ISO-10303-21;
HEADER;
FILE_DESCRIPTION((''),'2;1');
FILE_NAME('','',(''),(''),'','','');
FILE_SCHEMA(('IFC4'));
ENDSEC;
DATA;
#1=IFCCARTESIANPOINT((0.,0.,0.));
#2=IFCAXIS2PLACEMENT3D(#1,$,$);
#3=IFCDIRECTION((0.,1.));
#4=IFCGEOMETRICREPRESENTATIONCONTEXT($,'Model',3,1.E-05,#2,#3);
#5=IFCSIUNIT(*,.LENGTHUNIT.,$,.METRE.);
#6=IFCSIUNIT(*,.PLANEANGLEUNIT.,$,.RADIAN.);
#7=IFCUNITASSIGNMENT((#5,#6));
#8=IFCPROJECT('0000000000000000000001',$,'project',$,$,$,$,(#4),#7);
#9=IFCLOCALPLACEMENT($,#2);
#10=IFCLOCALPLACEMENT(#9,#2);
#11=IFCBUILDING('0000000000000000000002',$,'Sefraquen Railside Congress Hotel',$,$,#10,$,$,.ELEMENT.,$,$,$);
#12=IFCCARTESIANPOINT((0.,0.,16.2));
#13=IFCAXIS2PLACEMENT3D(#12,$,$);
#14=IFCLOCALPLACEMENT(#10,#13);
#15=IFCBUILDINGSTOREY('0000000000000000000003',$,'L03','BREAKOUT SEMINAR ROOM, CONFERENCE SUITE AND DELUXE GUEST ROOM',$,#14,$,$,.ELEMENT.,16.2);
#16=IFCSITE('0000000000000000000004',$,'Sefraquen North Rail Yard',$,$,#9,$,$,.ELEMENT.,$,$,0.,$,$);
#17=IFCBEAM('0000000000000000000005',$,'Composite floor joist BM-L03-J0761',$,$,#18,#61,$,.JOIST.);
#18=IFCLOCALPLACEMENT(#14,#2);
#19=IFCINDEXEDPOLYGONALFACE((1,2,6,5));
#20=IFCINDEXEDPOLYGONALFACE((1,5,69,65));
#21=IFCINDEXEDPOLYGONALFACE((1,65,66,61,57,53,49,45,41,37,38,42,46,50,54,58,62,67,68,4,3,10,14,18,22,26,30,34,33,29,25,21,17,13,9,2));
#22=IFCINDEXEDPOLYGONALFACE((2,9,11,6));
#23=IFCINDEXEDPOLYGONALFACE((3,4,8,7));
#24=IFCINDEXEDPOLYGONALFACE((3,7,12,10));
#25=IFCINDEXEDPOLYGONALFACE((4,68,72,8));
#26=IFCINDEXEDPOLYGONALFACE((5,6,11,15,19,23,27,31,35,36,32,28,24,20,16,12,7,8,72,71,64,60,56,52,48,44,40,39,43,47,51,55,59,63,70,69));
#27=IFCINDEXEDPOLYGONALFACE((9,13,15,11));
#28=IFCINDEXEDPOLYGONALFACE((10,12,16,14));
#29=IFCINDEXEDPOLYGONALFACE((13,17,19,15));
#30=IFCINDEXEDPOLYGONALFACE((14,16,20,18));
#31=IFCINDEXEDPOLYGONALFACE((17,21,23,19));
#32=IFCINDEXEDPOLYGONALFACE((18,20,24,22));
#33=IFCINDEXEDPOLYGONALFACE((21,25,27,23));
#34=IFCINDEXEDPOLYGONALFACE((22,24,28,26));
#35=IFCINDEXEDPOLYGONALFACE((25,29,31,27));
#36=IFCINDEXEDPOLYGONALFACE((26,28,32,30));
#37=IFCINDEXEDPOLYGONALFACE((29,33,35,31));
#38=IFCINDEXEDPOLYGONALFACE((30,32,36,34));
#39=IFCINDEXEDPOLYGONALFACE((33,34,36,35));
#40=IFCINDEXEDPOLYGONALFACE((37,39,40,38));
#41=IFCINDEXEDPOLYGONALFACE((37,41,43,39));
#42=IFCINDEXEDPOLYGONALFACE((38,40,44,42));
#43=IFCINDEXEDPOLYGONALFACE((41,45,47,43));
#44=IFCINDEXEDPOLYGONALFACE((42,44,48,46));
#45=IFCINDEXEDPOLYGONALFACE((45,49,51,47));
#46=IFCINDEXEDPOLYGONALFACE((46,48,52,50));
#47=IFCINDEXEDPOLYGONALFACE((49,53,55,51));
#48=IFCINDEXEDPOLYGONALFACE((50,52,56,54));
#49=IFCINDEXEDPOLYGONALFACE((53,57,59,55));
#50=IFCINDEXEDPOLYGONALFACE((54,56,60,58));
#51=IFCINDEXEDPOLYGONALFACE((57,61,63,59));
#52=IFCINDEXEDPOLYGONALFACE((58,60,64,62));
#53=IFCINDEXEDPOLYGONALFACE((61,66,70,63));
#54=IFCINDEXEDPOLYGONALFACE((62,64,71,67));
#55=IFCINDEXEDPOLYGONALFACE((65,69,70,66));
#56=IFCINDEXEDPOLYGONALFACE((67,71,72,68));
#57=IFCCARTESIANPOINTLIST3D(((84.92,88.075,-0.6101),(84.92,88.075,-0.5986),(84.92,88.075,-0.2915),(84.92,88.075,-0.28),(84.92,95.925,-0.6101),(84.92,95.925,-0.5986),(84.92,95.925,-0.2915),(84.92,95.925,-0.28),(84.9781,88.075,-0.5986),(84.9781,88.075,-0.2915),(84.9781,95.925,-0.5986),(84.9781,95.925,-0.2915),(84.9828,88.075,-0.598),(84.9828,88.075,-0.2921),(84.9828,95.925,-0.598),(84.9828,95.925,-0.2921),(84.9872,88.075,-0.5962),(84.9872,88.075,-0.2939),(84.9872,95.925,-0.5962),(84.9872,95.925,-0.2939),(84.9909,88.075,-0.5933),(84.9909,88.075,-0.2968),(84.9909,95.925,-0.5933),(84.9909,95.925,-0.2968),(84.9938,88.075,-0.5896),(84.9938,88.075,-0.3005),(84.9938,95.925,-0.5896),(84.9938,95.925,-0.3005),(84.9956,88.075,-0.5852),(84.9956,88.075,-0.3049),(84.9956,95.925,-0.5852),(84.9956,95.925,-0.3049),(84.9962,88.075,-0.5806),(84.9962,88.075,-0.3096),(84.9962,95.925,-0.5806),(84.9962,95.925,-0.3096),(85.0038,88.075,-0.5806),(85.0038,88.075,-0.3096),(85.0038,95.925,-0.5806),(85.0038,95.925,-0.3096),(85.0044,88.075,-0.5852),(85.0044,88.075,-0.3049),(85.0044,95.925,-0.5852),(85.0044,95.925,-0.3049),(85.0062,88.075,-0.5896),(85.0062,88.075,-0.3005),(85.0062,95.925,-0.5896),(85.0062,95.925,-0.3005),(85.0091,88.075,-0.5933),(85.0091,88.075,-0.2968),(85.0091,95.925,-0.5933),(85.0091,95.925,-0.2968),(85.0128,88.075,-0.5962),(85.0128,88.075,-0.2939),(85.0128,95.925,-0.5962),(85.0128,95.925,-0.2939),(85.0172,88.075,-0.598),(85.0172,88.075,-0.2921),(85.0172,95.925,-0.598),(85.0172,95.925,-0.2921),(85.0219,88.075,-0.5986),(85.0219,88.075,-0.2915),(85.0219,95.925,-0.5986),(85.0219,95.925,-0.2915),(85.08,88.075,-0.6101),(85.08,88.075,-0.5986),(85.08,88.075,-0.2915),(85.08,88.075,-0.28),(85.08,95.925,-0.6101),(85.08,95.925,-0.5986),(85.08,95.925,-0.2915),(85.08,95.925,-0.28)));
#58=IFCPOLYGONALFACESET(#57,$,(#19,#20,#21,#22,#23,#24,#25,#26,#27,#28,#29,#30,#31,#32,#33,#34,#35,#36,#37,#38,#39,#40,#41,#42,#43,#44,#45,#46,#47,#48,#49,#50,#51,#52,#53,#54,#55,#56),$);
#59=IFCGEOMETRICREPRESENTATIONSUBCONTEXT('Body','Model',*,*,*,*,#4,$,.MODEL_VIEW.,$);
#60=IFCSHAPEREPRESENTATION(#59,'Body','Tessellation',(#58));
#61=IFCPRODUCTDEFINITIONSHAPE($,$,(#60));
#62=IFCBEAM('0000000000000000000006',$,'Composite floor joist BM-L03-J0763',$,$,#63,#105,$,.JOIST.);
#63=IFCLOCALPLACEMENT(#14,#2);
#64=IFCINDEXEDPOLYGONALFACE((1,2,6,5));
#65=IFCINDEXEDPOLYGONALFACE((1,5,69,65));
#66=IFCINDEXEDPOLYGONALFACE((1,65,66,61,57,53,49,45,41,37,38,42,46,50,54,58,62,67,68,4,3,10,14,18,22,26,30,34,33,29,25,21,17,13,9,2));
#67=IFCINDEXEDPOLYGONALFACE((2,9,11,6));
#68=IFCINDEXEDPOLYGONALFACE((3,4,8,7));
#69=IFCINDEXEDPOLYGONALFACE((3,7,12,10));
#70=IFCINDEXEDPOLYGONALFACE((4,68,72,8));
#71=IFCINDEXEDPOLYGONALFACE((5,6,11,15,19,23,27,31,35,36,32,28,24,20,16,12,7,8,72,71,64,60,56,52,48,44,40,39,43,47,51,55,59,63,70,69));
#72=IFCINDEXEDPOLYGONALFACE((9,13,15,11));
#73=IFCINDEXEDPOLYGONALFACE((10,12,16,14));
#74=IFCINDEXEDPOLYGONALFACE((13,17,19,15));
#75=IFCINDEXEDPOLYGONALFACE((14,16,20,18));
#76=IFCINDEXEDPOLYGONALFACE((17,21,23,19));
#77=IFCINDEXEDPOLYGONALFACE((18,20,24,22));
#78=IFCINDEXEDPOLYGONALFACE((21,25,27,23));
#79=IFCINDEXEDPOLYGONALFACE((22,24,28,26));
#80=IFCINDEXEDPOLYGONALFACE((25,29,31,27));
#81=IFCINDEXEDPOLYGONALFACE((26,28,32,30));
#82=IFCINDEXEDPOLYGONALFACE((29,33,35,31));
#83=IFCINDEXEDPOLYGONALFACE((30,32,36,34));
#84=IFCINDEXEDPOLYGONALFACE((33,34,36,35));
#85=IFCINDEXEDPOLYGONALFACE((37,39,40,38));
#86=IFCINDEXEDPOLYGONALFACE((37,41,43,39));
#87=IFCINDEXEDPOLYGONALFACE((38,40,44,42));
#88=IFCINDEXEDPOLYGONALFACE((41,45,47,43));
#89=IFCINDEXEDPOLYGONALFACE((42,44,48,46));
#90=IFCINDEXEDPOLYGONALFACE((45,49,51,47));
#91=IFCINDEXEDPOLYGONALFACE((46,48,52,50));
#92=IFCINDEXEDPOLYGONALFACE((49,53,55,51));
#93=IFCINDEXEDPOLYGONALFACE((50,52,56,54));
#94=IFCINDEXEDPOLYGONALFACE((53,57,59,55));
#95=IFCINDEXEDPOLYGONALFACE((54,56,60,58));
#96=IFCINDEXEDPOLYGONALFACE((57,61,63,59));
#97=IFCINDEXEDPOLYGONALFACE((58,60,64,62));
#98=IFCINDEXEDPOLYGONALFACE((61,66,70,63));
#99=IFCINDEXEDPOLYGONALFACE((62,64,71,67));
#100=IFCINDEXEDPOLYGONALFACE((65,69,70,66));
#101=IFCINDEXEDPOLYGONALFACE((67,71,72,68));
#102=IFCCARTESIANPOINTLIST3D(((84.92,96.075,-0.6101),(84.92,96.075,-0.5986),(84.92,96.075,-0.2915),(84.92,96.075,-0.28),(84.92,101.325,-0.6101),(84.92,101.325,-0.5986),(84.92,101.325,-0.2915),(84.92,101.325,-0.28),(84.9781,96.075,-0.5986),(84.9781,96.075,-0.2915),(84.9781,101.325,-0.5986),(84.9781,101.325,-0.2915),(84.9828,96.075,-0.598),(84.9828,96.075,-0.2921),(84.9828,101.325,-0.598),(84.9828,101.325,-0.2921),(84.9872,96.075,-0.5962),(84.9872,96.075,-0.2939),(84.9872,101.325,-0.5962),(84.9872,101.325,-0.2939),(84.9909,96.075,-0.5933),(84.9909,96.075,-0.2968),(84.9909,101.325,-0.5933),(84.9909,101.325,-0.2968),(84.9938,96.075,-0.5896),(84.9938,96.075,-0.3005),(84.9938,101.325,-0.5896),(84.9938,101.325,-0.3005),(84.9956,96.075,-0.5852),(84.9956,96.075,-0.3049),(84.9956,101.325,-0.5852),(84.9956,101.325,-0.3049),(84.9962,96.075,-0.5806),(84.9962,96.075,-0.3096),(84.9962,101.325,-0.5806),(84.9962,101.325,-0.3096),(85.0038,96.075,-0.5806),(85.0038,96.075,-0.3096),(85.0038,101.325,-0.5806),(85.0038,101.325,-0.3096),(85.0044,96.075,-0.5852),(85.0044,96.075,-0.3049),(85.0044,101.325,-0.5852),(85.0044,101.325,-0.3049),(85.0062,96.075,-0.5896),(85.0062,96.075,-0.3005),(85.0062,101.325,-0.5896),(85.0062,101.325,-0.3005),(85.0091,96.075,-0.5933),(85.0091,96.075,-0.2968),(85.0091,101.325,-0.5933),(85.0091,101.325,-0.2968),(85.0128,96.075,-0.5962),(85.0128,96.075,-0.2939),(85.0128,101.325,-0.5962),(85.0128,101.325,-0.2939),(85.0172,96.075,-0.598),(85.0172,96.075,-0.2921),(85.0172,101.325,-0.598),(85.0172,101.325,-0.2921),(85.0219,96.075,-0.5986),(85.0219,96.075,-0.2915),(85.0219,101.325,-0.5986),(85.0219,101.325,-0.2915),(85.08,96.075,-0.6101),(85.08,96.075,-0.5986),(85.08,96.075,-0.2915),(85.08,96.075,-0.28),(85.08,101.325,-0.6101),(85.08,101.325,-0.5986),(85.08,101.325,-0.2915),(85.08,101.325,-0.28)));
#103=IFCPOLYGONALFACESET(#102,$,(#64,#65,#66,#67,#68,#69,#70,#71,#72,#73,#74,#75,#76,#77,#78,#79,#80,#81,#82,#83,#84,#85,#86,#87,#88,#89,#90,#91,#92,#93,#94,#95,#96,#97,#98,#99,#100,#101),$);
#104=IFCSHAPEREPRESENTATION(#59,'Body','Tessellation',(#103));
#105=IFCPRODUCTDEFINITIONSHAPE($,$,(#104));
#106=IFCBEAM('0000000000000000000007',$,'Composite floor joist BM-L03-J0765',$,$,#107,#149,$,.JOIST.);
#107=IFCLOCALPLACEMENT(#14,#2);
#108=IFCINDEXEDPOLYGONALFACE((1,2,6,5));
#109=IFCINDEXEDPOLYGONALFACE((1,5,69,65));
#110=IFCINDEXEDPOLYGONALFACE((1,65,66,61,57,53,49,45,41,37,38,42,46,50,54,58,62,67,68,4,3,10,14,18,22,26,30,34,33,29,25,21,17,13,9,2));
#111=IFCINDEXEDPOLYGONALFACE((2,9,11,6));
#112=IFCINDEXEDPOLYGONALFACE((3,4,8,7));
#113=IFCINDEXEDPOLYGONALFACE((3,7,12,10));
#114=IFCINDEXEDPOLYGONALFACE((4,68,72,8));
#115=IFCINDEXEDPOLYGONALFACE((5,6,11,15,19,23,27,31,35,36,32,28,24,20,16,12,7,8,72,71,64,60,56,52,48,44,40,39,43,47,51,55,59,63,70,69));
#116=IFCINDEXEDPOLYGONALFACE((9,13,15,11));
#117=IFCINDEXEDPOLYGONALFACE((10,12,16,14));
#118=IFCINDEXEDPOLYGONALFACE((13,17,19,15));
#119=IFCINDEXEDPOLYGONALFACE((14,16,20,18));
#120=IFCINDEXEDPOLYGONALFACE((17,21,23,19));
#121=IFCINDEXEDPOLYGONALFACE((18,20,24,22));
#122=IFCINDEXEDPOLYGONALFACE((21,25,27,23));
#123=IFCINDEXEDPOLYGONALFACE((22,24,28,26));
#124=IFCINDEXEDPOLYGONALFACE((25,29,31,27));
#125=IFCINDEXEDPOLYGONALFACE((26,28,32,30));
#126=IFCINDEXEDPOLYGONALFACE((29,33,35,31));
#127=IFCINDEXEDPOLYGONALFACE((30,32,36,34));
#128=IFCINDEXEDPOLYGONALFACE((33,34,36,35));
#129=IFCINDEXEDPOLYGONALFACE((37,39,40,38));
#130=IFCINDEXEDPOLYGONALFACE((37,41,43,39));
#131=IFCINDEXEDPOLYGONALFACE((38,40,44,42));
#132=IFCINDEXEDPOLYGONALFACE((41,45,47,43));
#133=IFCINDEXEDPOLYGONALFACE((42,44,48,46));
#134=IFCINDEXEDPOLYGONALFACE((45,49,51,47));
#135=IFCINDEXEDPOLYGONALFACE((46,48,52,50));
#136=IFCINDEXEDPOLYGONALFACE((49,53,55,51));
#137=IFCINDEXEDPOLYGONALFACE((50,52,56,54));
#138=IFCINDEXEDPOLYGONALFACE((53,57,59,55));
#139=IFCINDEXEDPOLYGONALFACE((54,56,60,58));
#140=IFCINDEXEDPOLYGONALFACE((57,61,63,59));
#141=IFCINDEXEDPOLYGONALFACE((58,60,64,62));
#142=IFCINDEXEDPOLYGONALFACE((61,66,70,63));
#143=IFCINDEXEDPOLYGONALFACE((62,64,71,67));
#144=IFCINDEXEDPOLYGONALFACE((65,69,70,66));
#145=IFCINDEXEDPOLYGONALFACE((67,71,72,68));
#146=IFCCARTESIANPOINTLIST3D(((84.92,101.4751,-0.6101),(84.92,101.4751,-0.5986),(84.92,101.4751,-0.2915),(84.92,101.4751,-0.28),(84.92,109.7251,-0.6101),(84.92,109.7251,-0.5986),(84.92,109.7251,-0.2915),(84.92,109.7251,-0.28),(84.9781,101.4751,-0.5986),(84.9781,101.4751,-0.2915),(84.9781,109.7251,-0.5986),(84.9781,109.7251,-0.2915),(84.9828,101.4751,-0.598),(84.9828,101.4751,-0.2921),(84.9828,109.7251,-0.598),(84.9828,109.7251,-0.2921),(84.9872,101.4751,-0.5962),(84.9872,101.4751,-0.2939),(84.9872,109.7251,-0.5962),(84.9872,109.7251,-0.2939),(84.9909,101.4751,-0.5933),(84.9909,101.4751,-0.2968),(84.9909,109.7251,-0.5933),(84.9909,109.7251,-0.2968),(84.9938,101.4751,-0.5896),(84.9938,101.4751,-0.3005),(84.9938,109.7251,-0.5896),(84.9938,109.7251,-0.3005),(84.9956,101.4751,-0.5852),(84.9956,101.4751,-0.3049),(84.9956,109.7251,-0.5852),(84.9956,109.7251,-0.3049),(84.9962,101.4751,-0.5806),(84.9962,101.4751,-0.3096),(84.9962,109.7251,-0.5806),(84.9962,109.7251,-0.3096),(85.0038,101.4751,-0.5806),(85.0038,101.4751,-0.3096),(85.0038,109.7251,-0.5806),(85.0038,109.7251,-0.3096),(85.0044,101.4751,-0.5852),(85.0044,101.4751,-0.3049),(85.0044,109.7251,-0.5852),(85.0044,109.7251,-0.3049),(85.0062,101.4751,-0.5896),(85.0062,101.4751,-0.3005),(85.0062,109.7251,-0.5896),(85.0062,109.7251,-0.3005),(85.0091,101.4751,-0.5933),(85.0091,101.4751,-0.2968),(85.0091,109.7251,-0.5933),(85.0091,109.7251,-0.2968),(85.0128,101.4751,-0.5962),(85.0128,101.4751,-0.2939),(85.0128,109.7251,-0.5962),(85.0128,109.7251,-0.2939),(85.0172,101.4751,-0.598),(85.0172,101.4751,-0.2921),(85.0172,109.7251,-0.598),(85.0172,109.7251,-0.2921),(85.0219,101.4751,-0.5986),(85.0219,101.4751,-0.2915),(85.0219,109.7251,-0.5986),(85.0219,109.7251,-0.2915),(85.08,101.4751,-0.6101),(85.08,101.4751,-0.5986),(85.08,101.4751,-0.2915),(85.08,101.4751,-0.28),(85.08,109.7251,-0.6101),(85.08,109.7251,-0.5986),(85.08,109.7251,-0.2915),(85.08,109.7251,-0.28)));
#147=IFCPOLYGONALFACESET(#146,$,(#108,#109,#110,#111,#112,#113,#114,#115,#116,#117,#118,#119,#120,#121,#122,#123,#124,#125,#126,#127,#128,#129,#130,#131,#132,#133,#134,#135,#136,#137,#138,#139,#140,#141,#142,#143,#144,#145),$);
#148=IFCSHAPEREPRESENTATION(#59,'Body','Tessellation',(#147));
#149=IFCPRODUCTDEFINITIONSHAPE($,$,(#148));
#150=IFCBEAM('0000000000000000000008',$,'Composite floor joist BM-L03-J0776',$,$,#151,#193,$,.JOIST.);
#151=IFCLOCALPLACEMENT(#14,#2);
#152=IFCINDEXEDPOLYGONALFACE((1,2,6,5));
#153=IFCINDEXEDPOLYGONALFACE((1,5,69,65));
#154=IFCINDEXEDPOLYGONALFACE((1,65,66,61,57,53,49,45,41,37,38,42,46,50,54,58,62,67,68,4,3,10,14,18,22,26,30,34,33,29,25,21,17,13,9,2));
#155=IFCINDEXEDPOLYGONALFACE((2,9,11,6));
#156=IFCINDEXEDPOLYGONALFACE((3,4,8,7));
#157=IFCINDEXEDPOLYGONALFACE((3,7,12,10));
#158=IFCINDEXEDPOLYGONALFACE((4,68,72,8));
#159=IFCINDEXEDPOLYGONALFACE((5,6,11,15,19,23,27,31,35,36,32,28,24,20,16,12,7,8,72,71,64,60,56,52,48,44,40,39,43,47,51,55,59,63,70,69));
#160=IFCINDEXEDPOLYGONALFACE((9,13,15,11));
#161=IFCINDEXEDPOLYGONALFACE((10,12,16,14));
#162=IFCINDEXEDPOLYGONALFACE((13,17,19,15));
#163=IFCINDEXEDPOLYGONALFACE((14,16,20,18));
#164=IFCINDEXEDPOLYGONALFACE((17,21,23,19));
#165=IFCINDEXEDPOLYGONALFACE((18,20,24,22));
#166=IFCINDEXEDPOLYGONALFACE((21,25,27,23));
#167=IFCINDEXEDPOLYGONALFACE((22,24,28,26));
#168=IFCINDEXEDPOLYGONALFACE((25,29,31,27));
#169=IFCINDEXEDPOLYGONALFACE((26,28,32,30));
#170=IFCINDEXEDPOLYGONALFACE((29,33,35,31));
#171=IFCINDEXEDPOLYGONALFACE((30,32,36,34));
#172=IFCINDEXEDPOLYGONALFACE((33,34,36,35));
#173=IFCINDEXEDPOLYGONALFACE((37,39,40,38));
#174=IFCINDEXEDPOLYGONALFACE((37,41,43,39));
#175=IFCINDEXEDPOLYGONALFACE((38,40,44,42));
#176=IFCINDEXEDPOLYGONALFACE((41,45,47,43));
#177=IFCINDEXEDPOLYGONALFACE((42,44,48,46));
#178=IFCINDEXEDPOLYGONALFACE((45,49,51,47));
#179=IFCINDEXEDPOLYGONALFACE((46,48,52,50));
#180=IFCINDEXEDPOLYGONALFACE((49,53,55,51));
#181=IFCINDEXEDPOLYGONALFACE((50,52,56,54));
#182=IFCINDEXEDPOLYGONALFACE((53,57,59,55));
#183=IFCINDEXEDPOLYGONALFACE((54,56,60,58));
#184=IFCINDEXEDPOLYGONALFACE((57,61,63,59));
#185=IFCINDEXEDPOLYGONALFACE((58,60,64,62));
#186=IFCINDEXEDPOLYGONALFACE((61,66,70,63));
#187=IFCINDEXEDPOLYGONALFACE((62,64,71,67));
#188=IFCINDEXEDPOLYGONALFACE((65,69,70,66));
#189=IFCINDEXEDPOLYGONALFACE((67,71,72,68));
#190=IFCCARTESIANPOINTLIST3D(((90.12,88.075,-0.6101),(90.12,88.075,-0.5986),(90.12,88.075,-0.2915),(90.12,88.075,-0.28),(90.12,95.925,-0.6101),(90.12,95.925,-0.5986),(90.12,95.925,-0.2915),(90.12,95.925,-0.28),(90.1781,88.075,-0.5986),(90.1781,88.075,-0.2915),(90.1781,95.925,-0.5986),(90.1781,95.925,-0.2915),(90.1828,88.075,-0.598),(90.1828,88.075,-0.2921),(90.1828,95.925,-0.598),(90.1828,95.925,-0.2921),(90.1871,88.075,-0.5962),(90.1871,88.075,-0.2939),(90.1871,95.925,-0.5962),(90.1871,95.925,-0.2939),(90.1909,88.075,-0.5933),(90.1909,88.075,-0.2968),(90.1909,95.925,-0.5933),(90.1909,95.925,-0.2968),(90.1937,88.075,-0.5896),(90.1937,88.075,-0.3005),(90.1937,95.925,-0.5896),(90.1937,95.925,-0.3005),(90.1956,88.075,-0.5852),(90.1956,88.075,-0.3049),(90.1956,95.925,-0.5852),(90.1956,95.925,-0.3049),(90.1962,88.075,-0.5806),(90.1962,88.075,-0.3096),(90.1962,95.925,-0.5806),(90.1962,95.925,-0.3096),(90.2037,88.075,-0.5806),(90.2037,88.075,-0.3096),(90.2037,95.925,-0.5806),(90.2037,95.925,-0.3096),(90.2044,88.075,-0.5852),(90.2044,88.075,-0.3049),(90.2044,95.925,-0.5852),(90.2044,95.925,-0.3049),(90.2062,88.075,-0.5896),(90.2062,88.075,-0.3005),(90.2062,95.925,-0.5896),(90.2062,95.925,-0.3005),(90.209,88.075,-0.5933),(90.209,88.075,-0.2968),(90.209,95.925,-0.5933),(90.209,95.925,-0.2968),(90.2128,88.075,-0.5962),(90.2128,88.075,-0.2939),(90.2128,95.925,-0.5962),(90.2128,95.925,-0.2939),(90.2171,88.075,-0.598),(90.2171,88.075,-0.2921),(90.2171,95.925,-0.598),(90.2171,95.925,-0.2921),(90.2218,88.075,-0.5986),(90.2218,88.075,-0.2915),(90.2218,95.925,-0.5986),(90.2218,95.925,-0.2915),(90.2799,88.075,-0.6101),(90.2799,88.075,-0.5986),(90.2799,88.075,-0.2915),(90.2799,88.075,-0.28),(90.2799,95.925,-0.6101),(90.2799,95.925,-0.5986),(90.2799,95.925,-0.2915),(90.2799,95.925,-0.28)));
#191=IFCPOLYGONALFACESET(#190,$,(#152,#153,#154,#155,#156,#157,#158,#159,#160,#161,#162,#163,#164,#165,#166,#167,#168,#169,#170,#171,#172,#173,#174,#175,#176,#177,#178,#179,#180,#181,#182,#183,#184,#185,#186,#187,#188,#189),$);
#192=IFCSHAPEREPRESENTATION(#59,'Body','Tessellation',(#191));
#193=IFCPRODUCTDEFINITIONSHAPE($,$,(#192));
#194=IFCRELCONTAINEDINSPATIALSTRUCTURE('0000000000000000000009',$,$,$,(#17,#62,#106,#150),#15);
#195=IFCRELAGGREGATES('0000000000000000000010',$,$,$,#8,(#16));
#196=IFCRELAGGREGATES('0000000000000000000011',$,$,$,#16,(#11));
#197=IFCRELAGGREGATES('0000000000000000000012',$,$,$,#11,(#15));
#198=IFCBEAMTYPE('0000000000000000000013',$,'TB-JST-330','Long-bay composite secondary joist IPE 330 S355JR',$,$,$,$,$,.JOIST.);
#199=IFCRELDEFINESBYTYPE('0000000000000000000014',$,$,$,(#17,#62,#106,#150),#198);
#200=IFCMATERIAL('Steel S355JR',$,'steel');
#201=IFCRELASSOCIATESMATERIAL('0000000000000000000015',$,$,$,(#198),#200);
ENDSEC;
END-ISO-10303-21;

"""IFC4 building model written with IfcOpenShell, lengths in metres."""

from ifc_helpers import new_model, si_unit, direction, frame, origin, origin_2d, place, context, subcontext, project, spatial, i_section, extrude, material, material_profile, profile_set, type_object, element, save


model = new_model("IFC4")

# Units and contexts
model_context = context("Model", 3, precision=1e-05, world=origin(), true_north=direction((0.0, 1.0)))
body_context = subcontext(model_context, "Body", "Model", "MODEL_VIEW")
ifc_project = project(units=[si_unit("LENGTHUNIT", "METRE"), si_unit("PLANEANGLEUNIT", "RADIAN")], contexts=[model_context])

# Site, building, storey
site_placement = place(None, origin())
site = spatial("IfcSite", under=ifc_project, at=site_placement, Name="Sefraquen North Rail Yard", CompositionType="ELEMENT", RefElevation=0.0)
building_placement = place(site_placement, origin())
building = spatial("IfcBuilding", under=site, at=building_placement, Name="Sefraquen Railside Congress Hotel", CompositionType="ELEMENT")
storey_placement = place(building_placement, frame((0.0, 0.0, 16.2)))
storey = spatial("IfcBuildingStorey", under=building, at=storey_placement, Name="L03", Description="BREAKOUT SEMINAR ROOM, CONFERENCE SUITE AND DELUXE GUEST ROOM", CompositionType="ELEMENT", Elevation=16.2)

# Shared definitions
ifc_material_1 = material(Name="Steel S355JR", Category="steel")

# Beams
ifc_material_profile_1 = material_profile(ifc_material_1, i_section(OverallWidth=0.1599, OverallDepth=0.3301, WebThickness=0.0076, FlangeThickness=0.0115, FilletRadius=0.0181, at=origin_2d()), Name="IPE 330")
ifc_profile_set_1 = profile_set([ifc_material_profile_1], Name="Steel S355JR")
beam_type_1 = type_object("IfcBeamType", Name="TB-JST-330", Description="Long-bay composite secondary joist IPE 330 S355JR", PredefinedType="JOIST", material=ifc_profile_set_1)
beam_1_placement = place(storey_placement, frame((85.0, 88.075, -0.4451), z_axis=(0.0, 1.0, 0.0), x_axis=(-1.0, 0.0, 0.0)))
element("IfcBeam", 1, at=beam_1_placement, inside=storey, type_object=beam_type_1, Name="Composite floor joist BM-L03-J0761", PredefinedType="JOIST", context=body_context, shape_type="SweptSolid", body=[
    extrude(i_section(OverallWidth=0.1599, OverallDepth=0.3301, WebThickness=0.0076, FlangeThickness=0.0115, FilletRadius=0.0181, at=origin_2d()), origin(), (0.0, 0.0, 1.0), 7.8501),
])
beam_2_placement = place(storey_placement, frame((85.0, 96.075, -0.4451), z_axis=(0.0, 1.0, 0.0), x_axis=(-1.0, 0.0, 0.0)))
element("IfcBeam", 2, at=beam_2_placement, inside=storey, type_object=beam_type_1, Name="Composite floor joist BM-L03-J0763", PredefinedType="JOIST", context=body_context, shape_type="SweptSolid", body=[
    extrude(i_section(OverallWidth=0.1599, OverallDepth=0.3301, WebThickness=0.0076, FlangeThickness=0.0115, FilletRadius=0.0181, at=origin_2d()), origin(), (0.0, 0.0, 1.0), 5.25),
])
beam_3_placement = place(storey_placement, frame((85.0, 101.4751, -0.4451), z_axis=(0.0, 1.0, 0.0), x_axis=(-1.0, 0.0, 0.0)))
element("IfcBeam", 3, at=beam_3_placement, inside=storey, type_object=beam_type_1, Name="Composite floor joist BM-L03-J0765", PredefinedType="JOIST", context=body_context, shape_type="SweptSolid", body=[
    extrude(i_section(OverallWidth=0.1599, OverallDepth=0.3301, WebThickness=0.0076, FlangeThickness=0.0115, FilletRadius=0.0181, at=origin_2d()), origin(), (0.0, 0.0, 1.0), 8.25),
])
for number, where, z_axis, x_axis, name in (
    (4, (90.2, 88.075, -0.4451), (0.0, 1.0, 0.0), (-1.0, 0.0, 0.0), "Composite floor joist BM-L03-J0776"),
):
    element("IfcBeam", number, at=place(storey_placement, frame(where, z_axis=z_axis, x_axis=x_axis)), inside=storey, type_object=beam_type_1, Name=name, PredefinedType="JOIST", context=body_context, shape_type="SweptSolid", body=[
        extrude(i_section(OverallWidth=0.1599, OverallDepth=0.3301, WebThickness=0.0076, FlangeThickness=0.0115, FilletRadius=0.0181, at=origin_2d()), origin(), (0.0, 0.0, 1.0), 7.8501),
    ])

save(model, "model.ifc")
